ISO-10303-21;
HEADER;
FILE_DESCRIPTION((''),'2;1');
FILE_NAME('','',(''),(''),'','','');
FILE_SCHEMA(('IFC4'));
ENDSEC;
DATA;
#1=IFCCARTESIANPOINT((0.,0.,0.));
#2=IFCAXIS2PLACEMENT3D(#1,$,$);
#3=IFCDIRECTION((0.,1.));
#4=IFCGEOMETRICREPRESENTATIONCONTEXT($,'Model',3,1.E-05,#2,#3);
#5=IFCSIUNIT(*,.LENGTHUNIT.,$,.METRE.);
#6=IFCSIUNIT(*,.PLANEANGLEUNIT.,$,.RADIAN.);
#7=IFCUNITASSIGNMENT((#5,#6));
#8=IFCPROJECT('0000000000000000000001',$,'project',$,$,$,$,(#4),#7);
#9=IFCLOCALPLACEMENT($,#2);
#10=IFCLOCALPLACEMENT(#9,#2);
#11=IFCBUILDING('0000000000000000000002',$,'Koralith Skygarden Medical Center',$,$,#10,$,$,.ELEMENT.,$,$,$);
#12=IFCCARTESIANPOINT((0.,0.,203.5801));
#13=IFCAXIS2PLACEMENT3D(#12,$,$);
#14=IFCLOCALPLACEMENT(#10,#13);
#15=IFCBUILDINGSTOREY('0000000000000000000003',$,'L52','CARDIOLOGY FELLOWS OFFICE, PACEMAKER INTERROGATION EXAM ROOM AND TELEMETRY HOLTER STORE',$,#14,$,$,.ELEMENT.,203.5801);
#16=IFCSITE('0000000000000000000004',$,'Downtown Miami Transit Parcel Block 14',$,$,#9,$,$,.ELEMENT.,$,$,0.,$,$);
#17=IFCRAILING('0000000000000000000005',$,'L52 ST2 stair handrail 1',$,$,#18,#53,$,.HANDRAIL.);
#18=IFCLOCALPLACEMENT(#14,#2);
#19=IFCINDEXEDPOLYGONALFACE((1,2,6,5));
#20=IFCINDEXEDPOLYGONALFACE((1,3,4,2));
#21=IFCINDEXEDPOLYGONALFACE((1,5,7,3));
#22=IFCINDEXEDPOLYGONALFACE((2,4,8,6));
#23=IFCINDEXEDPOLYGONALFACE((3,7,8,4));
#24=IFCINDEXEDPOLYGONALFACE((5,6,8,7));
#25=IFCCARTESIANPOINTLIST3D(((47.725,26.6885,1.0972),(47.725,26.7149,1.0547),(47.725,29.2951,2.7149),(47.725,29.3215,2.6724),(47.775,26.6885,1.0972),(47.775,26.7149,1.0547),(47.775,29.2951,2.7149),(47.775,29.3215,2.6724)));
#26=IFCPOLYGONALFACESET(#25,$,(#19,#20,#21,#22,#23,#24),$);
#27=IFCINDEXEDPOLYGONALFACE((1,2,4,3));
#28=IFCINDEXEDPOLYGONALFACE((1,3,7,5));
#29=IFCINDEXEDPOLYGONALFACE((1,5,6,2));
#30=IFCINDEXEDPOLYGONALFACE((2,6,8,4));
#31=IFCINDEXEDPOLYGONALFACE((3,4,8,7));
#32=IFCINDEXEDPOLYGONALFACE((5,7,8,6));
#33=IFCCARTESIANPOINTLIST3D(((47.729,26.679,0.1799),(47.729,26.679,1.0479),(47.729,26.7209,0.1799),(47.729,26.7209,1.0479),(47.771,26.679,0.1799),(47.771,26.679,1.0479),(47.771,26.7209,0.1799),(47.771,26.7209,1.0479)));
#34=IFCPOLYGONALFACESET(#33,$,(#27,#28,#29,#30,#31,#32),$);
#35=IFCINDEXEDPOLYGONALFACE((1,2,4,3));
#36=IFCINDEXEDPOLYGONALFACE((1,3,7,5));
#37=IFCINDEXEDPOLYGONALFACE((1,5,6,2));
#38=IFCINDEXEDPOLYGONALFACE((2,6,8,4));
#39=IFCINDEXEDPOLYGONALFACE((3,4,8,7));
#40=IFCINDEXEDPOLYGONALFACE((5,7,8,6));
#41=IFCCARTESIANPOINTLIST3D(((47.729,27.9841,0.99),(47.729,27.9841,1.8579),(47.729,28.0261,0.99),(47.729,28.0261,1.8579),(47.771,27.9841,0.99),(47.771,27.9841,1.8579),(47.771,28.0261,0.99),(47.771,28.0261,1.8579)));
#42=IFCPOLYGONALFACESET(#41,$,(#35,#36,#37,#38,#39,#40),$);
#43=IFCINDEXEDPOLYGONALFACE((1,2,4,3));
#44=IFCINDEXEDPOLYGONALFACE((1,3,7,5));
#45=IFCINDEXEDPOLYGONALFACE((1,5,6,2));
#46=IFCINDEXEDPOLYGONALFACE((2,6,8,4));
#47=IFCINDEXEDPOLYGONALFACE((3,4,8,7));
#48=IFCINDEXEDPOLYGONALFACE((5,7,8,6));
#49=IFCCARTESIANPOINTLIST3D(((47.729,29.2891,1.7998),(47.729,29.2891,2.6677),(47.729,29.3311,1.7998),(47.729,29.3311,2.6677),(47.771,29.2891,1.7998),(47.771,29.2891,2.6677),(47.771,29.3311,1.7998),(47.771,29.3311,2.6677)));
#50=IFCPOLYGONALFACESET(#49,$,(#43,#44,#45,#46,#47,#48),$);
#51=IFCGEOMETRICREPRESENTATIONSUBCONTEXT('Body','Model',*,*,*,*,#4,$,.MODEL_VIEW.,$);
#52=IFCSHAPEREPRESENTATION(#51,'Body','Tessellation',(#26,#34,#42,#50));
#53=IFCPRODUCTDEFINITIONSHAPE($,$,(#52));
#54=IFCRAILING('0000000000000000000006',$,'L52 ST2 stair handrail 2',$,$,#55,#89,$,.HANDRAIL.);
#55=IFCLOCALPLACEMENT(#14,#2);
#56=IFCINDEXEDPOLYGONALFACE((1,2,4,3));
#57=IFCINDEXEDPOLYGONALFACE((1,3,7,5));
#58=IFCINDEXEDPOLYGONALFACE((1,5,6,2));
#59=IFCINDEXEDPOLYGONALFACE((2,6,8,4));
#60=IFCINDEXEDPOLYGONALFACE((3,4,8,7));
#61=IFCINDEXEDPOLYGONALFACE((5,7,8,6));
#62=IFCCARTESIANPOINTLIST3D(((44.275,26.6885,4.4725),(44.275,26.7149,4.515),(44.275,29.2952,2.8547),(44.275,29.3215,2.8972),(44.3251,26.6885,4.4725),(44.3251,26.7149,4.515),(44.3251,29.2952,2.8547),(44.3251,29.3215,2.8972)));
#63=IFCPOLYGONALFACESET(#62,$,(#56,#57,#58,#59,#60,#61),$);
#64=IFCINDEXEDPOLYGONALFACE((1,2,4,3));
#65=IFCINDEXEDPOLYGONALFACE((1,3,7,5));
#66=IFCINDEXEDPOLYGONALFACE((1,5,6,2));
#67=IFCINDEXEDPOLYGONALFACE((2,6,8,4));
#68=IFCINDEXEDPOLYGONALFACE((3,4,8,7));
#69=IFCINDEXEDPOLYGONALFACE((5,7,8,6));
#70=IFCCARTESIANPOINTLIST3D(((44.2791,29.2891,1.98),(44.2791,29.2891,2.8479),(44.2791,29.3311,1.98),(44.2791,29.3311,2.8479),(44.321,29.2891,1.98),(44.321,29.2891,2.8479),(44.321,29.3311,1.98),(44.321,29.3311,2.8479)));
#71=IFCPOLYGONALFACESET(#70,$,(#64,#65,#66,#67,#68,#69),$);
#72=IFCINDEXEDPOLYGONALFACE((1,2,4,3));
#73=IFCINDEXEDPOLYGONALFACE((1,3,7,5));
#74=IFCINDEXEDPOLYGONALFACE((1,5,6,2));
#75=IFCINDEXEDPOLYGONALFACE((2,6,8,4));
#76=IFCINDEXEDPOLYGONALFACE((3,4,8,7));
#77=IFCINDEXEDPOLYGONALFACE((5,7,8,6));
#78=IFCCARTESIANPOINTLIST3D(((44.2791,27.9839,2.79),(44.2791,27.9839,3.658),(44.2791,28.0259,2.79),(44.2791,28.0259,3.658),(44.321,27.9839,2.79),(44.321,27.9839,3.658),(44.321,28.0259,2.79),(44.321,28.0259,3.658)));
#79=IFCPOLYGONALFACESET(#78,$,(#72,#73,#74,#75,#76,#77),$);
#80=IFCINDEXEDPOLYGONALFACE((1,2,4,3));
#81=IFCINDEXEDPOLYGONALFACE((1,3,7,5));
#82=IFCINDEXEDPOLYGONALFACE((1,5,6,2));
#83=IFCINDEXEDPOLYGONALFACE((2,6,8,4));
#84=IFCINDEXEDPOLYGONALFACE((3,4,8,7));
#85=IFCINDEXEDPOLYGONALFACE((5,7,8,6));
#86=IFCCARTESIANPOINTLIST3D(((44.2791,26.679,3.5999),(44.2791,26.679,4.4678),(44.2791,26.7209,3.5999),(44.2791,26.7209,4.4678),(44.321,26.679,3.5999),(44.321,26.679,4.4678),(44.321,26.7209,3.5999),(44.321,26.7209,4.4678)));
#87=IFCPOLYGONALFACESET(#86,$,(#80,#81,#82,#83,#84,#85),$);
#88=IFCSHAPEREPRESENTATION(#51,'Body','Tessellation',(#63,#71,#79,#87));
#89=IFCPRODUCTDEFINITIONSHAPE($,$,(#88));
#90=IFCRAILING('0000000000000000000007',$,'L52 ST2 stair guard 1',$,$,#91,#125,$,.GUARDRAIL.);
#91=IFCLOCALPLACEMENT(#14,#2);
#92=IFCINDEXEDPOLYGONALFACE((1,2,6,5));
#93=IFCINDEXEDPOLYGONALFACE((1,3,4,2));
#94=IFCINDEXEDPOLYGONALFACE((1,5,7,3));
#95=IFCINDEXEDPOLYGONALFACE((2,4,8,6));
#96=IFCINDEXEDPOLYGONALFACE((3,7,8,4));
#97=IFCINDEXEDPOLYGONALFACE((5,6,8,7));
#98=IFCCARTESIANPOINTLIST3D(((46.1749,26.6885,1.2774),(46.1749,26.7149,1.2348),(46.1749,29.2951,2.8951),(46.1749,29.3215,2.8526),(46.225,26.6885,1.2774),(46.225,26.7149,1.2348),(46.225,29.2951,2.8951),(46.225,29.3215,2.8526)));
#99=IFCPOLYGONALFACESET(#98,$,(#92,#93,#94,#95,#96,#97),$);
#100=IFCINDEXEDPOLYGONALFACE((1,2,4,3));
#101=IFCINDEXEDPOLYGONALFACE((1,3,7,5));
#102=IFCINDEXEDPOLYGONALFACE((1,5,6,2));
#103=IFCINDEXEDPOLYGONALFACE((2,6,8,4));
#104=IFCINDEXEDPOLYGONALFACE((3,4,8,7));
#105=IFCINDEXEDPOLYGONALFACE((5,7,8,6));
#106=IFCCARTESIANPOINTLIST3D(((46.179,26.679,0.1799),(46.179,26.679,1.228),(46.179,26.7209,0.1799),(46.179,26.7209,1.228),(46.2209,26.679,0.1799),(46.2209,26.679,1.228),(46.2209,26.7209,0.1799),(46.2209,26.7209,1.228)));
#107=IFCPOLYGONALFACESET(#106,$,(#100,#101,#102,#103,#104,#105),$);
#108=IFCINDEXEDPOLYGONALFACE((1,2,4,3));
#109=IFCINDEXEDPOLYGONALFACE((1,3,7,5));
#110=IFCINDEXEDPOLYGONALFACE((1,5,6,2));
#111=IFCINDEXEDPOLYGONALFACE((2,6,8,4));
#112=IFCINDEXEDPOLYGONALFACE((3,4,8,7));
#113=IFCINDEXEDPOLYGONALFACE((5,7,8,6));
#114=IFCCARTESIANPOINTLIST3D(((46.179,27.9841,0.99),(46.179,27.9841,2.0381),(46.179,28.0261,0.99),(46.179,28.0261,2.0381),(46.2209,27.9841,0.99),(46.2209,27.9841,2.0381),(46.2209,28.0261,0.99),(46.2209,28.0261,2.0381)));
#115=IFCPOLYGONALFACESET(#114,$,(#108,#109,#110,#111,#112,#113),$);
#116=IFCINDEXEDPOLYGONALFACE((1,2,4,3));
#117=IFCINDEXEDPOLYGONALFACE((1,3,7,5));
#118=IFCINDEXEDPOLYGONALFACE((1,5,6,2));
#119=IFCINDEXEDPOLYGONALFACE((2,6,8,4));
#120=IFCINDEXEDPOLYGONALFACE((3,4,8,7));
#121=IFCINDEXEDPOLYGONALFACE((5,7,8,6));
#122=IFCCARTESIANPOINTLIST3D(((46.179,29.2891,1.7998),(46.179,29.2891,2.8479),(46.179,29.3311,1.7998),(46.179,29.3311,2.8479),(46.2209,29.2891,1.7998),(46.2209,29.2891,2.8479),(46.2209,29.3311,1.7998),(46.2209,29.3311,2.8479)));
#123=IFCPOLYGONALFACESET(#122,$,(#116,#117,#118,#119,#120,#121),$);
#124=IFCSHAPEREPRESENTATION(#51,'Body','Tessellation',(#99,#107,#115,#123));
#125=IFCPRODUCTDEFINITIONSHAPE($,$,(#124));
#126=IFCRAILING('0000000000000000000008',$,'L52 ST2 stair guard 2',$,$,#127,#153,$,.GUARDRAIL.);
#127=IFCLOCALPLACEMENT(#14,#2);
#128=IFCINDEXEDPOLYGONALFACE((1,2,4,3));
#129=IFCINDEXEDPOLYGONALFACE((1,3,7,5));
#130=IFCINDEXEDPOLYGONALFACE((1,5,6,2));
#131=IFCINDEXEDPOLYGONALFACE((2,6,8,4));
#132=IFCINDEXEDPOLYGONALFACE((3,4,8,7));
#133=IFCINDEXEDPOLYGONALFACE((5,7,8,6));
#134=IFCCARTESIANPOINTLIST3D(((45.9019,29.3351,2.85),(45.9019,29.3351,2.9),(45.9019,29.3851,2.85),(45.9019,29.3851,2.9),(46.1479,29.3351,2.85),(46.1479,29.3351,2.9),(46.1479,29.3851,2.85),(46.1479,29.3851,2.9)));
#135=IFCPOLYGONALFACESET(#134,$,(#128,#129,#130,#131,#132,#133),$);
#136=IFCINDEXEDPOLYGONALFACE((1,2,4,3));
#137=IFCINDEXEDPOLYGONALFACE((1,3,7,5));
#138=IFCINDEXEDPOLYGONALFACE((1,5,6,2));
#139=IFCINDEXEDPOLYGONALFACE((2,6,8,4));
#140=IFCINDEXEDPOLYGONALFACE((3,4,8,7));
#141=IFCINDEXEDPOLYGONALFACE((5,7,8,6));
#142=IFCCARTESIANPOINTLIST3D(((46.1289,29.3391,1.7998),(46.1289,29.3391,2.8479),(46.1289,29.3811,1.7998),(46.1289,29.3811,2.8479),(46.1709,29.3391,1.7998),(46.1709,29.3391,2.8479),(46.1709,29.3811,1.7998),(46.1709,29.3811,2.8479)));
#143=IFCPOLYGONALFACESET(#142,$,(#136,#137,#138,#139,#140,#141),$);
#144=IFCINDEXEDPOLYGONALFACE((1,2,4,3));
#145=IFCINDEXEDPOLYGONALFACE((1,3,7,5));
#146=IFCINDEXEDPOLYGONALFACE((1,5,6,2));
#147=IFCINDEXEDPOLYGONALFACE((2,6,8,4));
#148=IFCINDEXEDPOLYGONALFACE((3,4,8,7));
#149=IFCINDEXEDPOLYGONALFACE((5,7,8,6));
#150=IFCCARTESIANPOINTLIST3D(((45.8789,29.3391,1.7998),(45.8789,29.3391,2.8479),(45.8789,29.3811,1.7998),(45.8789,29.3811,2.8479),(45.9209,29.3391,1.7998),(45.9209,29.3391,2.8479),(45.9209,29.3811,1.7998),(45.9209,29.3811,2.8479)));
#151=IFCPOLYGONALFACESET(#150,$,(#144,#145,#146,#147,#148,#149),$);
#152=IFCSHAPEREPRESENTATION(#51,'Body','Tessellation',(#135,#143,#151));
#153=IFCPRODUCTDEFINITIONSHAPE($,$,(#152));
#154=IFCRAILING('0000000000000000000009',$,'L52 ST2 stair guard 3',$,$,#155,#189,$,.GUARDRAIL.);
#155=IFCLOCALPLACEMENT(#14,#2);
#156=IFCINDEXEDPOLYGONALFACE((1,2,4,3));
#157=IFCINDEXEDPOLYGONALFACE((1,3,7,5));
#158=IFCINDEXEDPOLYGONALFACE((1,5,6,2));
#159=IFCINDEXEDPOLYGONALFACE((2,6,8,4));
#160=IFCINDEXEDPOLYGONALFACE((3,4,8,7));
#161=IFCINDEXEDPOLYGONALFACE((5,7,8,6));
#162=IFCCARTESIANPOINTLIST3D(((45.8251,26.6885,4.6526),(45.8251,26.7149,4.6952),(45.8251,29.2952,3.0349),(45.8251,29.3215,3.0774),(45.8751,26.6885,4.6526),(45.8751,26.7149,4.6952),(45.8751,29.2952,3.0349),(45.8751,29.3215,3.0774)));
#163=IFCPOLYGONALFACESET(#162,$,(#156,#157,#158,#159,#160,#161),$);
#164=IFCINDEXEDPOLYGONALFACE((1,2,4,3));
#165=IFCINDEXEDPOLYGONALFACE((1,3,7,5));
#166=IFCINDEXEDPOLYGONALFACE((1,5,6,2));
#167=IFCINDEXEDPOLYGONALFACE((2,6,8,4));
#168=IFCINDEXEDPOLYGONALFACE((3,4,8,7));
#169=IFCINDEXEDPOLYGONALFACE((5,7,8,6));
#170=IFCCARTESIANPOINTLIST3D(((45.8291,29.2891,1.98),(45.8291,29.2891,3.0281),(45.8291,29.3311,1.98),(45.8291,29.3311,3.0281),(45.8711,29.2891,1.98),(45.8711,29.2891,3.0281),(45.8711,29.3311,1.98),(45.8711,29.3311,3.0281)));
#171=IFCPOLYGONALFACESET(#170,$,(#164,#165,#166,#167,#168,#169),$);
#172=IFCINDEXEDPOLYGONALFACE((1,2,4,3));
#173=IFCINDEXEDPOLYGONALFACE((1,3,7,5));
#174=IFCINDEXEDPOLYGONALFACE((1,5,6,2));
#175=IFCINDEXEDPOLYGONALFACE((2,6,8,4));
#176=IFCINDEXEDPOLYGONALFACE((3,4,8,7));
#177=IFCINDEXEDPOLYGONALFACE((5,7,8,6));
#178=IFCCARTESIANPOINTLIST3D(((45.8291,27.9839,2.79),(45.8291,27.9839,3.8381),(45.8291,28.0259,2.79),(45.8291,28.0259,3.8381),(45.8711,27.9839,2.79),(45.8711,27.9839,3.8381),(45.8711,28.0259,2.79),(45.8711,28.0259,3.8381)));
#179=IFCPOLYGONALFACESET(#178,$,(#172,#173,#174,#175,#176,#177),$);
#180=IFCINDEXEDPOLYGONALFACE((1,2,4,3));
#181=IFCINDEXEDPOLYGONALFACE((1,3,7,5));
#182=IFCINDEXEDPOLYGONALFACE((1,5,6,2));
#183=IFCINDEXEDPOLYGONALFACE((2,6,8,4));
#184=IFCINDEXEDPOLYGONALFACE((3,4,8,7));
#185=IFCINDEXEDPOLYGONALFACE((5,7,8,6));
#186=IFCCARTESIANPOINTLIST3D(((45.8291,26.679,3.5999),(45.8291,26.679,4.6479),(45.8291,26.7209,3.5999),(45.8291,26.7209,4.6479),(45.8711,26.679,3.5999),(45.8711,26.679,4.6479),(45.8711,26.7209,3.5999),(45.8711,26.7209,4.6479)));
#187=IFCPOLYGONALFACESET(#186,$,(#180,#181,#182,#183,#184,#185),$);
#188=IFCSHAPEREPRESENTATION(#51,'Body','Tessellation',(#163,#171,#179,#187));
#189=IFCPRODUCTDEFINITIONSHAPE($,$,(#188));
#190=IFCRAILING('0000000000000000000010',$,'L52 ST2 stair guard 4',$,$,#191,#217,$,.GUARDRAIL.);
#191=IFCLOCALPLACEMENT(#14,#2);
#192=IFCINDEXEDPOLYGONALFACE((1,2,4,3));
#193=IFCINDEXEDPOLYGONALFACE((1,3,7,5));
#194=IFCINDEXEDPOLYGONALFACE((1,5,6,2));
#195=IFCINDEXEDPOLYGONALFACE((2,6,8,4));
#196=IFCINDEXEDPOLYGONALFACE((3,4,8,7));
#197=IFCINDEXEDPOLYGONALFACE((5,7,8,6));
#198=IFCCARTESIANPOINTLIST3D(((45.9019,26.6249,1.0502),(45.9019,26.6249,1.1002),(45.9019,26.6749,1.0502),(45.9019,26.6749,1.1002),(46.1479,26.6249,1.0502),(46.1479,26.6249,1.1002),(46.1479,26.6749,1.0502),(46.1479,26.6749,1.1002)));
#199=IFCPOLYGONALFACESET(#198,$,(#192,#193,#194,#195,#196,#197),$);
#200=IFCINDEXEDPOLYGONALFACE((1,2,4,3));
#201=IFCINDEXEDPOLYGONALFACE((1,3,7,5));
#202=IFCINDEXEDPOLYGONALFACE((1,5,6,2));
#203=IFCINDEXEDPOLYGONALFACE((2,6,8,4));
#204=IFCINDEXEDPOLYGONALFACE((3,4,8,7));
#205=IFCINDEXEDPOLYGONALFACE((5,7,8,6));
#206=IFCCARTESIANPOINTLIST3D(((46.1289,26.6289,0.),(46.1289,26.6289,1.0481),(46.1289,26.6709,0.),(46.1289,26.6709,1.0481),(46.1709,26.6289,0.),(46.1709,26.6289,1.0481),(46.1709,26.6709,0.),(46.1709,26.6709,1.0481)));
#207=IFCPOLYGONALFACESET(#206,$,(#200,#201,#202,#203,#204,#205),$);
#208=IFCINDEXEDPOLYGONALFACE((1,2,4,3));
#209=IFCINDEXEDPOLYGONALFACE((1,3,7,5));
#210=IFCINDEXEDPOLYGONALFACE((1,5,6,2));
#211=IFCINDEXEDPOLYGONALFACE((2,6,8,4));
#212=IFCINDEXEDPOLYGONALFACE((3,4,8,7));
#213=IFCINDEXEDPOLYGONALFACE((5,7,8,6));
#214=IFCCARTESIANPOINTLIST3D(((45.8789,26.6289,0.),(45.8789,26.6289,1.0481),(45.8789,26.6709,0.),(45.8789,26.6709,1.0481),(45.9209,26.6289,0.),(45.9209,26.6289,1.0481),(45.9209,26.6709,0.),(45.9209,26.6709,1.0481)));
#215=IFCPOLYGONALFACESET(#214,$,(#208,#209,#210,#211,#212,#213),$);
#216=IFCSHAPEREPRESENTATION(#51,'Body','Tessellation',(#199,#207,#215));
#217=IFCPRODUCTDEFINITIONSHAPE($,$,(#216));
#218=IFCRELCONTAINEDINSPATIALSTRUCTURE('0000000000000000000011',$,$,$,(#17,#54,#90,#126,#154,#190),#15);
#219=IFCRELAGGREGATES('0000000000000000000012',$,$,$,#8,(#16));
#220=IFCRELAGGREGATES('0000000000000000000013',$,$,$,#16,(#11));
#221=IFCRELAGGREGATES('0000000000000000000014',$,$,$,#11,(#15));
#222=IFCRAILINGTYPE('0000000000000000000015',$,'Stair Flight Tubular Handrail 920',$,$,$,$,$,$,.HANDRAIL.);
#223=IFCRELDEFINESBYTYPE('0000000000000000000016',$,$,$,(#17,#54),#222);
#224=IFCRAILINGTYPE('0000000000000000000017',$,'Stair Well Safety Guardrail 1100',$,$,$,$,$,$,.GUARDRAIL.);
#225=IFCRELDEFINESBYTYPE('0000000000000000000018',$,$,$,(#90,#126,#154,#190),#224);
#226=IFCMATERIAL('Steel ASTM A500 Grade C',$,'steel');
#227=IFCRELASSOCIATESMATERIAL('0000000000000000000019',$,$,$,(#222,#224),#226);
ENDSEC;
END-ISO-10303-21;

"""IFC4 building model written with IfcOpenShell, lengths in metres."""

from ifc_helpers import new_model, si_unit, direction, frame, origin, origin_2d, place, context, subcontext, project, spatial, rectangle, extrude, material, type_object, element, save


model = new_model("IFC4")

# Units and contexts
model_context = context("Model", 3, precision=1e-05, world=origin(), true_north=direction((0.0, 1.0)))
body_context = subcontext(model_context, "Body", "Model", "MODEL_VIEW")
ifc_project = project(units=[si_unit("LENGTHUNIT", "METRE"), si_unit("PLANEANGLEUNIT", "RADIAN")], contexts=[model_context])

# Site, building, storey
site_placement = place(None, origin())
site = spatial("IfcSite", under=ifc_project, at=site_placement, Name="Downtown Miami Transit Parcel Block 14", CompositionType="ELEMENT", RefElevation=0.0)
building_placement = place(site_placement, origin())
building = spatial("IfcBuilding", under=site, at=building_placement, Name="Koralith Skygarden Medical Center", CompositionType="ELEMENT")
storey_placement = place(building_placement, frame((0.0, 0.0, 203.5801)))
storey = spatial("IfcBuildingStorey", under=building, at=storey_placement, Name="L52", Description="CARDIOLOGY FELLOWS OFFICE, PACEMAKER INTERROGATION EXAM ROOM AND TELEMETRY HOLTER STORE", CompositionType="ELEMENT", Elevation=203.5801)

# Shared definitions
ifc_material_1 = material(Name="Steel ASTM A500 Grade C", Category="steel")

# Railings
railing_type_1 = type_object("IfcRailingType", Name="Stair Flight Tubular Handrail 920", PredefinedType="HANDRAIL", material=ifc_material_1)
railing_1_placement = place(storey_placement, frame((47.75, 26.7, 0.1799)))
element("IfcRailing", 1, at=railing_1_placement, inside=storey, type_object=railing_type_1, Name="L52 ST2 stair handrail 1", PredefinedType="HANDRAIL", context=body_context, shape_type="SweptSolid", body=[
    extrude(rectangle(XDim=0.05, YDim=0.05, at=origin_2d()), frame((0.0, 0.0017, 0.896), z_axis=(0.0, 0.849668, 0.527317), x_axis=(-1.0, 0.0, 0.0)), (0.0, 0.0, 1.0), 3.0679),
    extrude(rectangle(XDim=0.042, YDim=0.042, at=origin_2d()), origin(), (0.0, 0.0, 1.0), 0.8679),
    extrude(rectangle(XDim=0.042, YDim=0.042, at=origin_2d()), frame((0.0, 1.3052, 0.8101)), (0.0, 0.0, 1.0), 0.8679),
    extrude(rectangle(XDim=0.042, YDim=0.042, at=origin_2d()), frame((0.0, 2.6101, 1.6199)), (0.0, 0.0, 1.0), 0.8679),
])
railing_2_placement = place(storey_placement, frame((44.3, 29.3101, 1.98)))
element("IfcRailing", 2, at=railing_2_placement, inside=storey, type_object=railing_type_1, Name="L52 ST2 stair handrail 2", PredefinedType="HANDRAIL", context=body_context, shape_type="SweptSolid", body=[
    extrude(rectangle(XDim=0.05, YDim=0.05, at=origin_2d()), frame((0.0, -0.0017, 0.896), z_axis=(0.0, -0.849668, 0.527317), x_axis=(1.0, 0.0, 0.0)), (0.0, 0.0, 1.0), 3.0679),
    extrude(rectangle(XDim=0.042, YDim=0.042, at=origin_2d()), origin(), (0.0, 0.0, 1.0), 0.8679),
    extrude(rectangle(XDim=0.042, YDim=0.042, at=origin_2d()), frame((0.0, -1.3052, 0.8101)), (0.0, 0.0, 1.0), 0.8679),
    extrude(rectangle(XDim=0.042, YDim=0.042, at=origin_2d()), frame((0.0, -2.6101, 1.6199)), (0.0, 0.0, 1.0), 0.8679),
])
railing_type_2 = type_object("IfcRailingType", Name="Stair Well Safety Guardrail 1100", PredefinedType="GUARDRAIL", material=ifc_material_1)
railing_3_placement = place(storey_placement, frame((46.2, 26.7, 0.1799)))
element("IfcRailing", 3, at=railing_3_placement, inside=storey, type_object=railing_type_2, Name="L52 ST2 stair guard 1", PredefinedType="GUARDRAIL", context=body_context, shape_type="SweptSolid", body=[
    extrude(rectangle(XDim=0.05, YDim=0.05, at=origin_2d()), frame((0.0, 0.0017, 1.0762), z_axis=(0.0, 0.849668, 0.527317), x_axis=(-1.0, 0.0, 0.0)), (0.0, 0.0, 1.0), 3.0679),
    extrude(rectangle(XDim=0.042, YDim=0.042, at=origin_2d()), origin(), (0.0, 0.0, 1.0), 1.0481),
    extrude(rectangle(XDim=0.042, YDim=0.042, at=origin_2d()), frame((0.0, 1.3052, 0.8101)), (0.0, 0.0, 1.0), 1.0481),
    extrude(rectangle(XDim=0.042, YDim=0.042, at=origin_2d()), frame((0.0, 2.6101, 1.6199)), (0.0, 0.0, 1.0), 1.0481),
])
railing_4_placement = place(storey_placement, frame((46.1499, 29.3601, 1.7998)))
element("IfcRailing", 4, at=railing_4_placement, inside=storey, type_object=railing_type_2, Name="L52 ST2 stair guard 2", PredefinedType="GUARDRAIL", context=body_context, shape_type="SweptSolid", body=[
    extrude(rectangle(XDim=0.05, YDim=0.05, at=origin_2d()), frame((-0.002, 0.0, 1.0752), z_axis=(-1.0, 0.0, 0.0), x_axis=(0.0, -1.0, 0.0)), (0.0, 0.0, 1.0), 0.2461),
    extrude(rectangle(XDim=0.042, YDim=0.042, at=origin_2d()), origin(), (0.0, 0.0, 1.0), 1.0481),
    extrude(rectangle(XDim=0.042, YDim=0.042, at=origin_2d()), frame((-0.25, 0.0, 0.0)), (0.0, 0.0, 1.0), 1.0481),
])
railing_5_placement = place(storey_placement, frame((45.8501, 29.3101, 1.98)))
element("IfcRailing", 5, at=railing_5_placement, inside=storey, type_object=railing_type_2, Name="L52 ST2 stair guard 3", PredefinedType="GUARDRAIL", context=body_context, shape_type="SweptSolid", body=[
    extrude(rectangle(XDim=0.05, YDim=0.05, at=origin_2d()), frame((0.0, -0.0017, 1.0762), z_axis=(0.0, -0.849668, 0.527317), x_axis=(1.0, 0.0, 0.0)), (0.0, 0.0, 1.0), 3.0679),
    extrude(rectangle(XDim=0.042, YDim=0.042, at=origin_2d()), origin(), (0.0, 0.0, 1.0), 1.0481),
    extrude(rectangle(XDim=0.042, YDim=0.042, at=origin_2d()), frame((0.0, -1.3052, 0.8101)), (0.0, 0.0, 1.0), 1.0481),
    extrude(rectangle(XDim=0.042, YDim=0.042, at=origin_2d()), frame((0.0, -2.6101, 1.6199)), (0.0, 0.0, 1.0), 1.0481),
])
railing_6_placement = place(storey_placement, frame((46.1499, 26.6499, 0.0)))
element("IfcRailing", 6, at=railing_6_placement, inside=storey, type_object=railing_type_2, Name="L52 ST2 stair guard 4", PredefinedType="GUARDRAIL", context=body_context, shape_type="SweptSolid", body=[
    extrude(rectangle(XDim=0.05, YDim=0.05, at=origin_2d()), frame((-0.002, 0.0, 1.0752), z_axis=(-1.0, 0.0, 0.0), x_axis=(0.0, -1.0, 0.0)), (0.0, 0.0, 1.0), 0.2461),
    extrude(rectangle(XDim=0.042, YDim=0.042, at=origin_2d()), origin(), (0.0, 0.0, 1.0), 1.0481),
    extrude(rectangle(XDim=0.042, YDim=0.042, at=origin_2d()), frame((-0.25, 0.0, 0.0)), (0.0, 0.0, 1.0), 1.0481),
])

save(model, "model.ifc")
